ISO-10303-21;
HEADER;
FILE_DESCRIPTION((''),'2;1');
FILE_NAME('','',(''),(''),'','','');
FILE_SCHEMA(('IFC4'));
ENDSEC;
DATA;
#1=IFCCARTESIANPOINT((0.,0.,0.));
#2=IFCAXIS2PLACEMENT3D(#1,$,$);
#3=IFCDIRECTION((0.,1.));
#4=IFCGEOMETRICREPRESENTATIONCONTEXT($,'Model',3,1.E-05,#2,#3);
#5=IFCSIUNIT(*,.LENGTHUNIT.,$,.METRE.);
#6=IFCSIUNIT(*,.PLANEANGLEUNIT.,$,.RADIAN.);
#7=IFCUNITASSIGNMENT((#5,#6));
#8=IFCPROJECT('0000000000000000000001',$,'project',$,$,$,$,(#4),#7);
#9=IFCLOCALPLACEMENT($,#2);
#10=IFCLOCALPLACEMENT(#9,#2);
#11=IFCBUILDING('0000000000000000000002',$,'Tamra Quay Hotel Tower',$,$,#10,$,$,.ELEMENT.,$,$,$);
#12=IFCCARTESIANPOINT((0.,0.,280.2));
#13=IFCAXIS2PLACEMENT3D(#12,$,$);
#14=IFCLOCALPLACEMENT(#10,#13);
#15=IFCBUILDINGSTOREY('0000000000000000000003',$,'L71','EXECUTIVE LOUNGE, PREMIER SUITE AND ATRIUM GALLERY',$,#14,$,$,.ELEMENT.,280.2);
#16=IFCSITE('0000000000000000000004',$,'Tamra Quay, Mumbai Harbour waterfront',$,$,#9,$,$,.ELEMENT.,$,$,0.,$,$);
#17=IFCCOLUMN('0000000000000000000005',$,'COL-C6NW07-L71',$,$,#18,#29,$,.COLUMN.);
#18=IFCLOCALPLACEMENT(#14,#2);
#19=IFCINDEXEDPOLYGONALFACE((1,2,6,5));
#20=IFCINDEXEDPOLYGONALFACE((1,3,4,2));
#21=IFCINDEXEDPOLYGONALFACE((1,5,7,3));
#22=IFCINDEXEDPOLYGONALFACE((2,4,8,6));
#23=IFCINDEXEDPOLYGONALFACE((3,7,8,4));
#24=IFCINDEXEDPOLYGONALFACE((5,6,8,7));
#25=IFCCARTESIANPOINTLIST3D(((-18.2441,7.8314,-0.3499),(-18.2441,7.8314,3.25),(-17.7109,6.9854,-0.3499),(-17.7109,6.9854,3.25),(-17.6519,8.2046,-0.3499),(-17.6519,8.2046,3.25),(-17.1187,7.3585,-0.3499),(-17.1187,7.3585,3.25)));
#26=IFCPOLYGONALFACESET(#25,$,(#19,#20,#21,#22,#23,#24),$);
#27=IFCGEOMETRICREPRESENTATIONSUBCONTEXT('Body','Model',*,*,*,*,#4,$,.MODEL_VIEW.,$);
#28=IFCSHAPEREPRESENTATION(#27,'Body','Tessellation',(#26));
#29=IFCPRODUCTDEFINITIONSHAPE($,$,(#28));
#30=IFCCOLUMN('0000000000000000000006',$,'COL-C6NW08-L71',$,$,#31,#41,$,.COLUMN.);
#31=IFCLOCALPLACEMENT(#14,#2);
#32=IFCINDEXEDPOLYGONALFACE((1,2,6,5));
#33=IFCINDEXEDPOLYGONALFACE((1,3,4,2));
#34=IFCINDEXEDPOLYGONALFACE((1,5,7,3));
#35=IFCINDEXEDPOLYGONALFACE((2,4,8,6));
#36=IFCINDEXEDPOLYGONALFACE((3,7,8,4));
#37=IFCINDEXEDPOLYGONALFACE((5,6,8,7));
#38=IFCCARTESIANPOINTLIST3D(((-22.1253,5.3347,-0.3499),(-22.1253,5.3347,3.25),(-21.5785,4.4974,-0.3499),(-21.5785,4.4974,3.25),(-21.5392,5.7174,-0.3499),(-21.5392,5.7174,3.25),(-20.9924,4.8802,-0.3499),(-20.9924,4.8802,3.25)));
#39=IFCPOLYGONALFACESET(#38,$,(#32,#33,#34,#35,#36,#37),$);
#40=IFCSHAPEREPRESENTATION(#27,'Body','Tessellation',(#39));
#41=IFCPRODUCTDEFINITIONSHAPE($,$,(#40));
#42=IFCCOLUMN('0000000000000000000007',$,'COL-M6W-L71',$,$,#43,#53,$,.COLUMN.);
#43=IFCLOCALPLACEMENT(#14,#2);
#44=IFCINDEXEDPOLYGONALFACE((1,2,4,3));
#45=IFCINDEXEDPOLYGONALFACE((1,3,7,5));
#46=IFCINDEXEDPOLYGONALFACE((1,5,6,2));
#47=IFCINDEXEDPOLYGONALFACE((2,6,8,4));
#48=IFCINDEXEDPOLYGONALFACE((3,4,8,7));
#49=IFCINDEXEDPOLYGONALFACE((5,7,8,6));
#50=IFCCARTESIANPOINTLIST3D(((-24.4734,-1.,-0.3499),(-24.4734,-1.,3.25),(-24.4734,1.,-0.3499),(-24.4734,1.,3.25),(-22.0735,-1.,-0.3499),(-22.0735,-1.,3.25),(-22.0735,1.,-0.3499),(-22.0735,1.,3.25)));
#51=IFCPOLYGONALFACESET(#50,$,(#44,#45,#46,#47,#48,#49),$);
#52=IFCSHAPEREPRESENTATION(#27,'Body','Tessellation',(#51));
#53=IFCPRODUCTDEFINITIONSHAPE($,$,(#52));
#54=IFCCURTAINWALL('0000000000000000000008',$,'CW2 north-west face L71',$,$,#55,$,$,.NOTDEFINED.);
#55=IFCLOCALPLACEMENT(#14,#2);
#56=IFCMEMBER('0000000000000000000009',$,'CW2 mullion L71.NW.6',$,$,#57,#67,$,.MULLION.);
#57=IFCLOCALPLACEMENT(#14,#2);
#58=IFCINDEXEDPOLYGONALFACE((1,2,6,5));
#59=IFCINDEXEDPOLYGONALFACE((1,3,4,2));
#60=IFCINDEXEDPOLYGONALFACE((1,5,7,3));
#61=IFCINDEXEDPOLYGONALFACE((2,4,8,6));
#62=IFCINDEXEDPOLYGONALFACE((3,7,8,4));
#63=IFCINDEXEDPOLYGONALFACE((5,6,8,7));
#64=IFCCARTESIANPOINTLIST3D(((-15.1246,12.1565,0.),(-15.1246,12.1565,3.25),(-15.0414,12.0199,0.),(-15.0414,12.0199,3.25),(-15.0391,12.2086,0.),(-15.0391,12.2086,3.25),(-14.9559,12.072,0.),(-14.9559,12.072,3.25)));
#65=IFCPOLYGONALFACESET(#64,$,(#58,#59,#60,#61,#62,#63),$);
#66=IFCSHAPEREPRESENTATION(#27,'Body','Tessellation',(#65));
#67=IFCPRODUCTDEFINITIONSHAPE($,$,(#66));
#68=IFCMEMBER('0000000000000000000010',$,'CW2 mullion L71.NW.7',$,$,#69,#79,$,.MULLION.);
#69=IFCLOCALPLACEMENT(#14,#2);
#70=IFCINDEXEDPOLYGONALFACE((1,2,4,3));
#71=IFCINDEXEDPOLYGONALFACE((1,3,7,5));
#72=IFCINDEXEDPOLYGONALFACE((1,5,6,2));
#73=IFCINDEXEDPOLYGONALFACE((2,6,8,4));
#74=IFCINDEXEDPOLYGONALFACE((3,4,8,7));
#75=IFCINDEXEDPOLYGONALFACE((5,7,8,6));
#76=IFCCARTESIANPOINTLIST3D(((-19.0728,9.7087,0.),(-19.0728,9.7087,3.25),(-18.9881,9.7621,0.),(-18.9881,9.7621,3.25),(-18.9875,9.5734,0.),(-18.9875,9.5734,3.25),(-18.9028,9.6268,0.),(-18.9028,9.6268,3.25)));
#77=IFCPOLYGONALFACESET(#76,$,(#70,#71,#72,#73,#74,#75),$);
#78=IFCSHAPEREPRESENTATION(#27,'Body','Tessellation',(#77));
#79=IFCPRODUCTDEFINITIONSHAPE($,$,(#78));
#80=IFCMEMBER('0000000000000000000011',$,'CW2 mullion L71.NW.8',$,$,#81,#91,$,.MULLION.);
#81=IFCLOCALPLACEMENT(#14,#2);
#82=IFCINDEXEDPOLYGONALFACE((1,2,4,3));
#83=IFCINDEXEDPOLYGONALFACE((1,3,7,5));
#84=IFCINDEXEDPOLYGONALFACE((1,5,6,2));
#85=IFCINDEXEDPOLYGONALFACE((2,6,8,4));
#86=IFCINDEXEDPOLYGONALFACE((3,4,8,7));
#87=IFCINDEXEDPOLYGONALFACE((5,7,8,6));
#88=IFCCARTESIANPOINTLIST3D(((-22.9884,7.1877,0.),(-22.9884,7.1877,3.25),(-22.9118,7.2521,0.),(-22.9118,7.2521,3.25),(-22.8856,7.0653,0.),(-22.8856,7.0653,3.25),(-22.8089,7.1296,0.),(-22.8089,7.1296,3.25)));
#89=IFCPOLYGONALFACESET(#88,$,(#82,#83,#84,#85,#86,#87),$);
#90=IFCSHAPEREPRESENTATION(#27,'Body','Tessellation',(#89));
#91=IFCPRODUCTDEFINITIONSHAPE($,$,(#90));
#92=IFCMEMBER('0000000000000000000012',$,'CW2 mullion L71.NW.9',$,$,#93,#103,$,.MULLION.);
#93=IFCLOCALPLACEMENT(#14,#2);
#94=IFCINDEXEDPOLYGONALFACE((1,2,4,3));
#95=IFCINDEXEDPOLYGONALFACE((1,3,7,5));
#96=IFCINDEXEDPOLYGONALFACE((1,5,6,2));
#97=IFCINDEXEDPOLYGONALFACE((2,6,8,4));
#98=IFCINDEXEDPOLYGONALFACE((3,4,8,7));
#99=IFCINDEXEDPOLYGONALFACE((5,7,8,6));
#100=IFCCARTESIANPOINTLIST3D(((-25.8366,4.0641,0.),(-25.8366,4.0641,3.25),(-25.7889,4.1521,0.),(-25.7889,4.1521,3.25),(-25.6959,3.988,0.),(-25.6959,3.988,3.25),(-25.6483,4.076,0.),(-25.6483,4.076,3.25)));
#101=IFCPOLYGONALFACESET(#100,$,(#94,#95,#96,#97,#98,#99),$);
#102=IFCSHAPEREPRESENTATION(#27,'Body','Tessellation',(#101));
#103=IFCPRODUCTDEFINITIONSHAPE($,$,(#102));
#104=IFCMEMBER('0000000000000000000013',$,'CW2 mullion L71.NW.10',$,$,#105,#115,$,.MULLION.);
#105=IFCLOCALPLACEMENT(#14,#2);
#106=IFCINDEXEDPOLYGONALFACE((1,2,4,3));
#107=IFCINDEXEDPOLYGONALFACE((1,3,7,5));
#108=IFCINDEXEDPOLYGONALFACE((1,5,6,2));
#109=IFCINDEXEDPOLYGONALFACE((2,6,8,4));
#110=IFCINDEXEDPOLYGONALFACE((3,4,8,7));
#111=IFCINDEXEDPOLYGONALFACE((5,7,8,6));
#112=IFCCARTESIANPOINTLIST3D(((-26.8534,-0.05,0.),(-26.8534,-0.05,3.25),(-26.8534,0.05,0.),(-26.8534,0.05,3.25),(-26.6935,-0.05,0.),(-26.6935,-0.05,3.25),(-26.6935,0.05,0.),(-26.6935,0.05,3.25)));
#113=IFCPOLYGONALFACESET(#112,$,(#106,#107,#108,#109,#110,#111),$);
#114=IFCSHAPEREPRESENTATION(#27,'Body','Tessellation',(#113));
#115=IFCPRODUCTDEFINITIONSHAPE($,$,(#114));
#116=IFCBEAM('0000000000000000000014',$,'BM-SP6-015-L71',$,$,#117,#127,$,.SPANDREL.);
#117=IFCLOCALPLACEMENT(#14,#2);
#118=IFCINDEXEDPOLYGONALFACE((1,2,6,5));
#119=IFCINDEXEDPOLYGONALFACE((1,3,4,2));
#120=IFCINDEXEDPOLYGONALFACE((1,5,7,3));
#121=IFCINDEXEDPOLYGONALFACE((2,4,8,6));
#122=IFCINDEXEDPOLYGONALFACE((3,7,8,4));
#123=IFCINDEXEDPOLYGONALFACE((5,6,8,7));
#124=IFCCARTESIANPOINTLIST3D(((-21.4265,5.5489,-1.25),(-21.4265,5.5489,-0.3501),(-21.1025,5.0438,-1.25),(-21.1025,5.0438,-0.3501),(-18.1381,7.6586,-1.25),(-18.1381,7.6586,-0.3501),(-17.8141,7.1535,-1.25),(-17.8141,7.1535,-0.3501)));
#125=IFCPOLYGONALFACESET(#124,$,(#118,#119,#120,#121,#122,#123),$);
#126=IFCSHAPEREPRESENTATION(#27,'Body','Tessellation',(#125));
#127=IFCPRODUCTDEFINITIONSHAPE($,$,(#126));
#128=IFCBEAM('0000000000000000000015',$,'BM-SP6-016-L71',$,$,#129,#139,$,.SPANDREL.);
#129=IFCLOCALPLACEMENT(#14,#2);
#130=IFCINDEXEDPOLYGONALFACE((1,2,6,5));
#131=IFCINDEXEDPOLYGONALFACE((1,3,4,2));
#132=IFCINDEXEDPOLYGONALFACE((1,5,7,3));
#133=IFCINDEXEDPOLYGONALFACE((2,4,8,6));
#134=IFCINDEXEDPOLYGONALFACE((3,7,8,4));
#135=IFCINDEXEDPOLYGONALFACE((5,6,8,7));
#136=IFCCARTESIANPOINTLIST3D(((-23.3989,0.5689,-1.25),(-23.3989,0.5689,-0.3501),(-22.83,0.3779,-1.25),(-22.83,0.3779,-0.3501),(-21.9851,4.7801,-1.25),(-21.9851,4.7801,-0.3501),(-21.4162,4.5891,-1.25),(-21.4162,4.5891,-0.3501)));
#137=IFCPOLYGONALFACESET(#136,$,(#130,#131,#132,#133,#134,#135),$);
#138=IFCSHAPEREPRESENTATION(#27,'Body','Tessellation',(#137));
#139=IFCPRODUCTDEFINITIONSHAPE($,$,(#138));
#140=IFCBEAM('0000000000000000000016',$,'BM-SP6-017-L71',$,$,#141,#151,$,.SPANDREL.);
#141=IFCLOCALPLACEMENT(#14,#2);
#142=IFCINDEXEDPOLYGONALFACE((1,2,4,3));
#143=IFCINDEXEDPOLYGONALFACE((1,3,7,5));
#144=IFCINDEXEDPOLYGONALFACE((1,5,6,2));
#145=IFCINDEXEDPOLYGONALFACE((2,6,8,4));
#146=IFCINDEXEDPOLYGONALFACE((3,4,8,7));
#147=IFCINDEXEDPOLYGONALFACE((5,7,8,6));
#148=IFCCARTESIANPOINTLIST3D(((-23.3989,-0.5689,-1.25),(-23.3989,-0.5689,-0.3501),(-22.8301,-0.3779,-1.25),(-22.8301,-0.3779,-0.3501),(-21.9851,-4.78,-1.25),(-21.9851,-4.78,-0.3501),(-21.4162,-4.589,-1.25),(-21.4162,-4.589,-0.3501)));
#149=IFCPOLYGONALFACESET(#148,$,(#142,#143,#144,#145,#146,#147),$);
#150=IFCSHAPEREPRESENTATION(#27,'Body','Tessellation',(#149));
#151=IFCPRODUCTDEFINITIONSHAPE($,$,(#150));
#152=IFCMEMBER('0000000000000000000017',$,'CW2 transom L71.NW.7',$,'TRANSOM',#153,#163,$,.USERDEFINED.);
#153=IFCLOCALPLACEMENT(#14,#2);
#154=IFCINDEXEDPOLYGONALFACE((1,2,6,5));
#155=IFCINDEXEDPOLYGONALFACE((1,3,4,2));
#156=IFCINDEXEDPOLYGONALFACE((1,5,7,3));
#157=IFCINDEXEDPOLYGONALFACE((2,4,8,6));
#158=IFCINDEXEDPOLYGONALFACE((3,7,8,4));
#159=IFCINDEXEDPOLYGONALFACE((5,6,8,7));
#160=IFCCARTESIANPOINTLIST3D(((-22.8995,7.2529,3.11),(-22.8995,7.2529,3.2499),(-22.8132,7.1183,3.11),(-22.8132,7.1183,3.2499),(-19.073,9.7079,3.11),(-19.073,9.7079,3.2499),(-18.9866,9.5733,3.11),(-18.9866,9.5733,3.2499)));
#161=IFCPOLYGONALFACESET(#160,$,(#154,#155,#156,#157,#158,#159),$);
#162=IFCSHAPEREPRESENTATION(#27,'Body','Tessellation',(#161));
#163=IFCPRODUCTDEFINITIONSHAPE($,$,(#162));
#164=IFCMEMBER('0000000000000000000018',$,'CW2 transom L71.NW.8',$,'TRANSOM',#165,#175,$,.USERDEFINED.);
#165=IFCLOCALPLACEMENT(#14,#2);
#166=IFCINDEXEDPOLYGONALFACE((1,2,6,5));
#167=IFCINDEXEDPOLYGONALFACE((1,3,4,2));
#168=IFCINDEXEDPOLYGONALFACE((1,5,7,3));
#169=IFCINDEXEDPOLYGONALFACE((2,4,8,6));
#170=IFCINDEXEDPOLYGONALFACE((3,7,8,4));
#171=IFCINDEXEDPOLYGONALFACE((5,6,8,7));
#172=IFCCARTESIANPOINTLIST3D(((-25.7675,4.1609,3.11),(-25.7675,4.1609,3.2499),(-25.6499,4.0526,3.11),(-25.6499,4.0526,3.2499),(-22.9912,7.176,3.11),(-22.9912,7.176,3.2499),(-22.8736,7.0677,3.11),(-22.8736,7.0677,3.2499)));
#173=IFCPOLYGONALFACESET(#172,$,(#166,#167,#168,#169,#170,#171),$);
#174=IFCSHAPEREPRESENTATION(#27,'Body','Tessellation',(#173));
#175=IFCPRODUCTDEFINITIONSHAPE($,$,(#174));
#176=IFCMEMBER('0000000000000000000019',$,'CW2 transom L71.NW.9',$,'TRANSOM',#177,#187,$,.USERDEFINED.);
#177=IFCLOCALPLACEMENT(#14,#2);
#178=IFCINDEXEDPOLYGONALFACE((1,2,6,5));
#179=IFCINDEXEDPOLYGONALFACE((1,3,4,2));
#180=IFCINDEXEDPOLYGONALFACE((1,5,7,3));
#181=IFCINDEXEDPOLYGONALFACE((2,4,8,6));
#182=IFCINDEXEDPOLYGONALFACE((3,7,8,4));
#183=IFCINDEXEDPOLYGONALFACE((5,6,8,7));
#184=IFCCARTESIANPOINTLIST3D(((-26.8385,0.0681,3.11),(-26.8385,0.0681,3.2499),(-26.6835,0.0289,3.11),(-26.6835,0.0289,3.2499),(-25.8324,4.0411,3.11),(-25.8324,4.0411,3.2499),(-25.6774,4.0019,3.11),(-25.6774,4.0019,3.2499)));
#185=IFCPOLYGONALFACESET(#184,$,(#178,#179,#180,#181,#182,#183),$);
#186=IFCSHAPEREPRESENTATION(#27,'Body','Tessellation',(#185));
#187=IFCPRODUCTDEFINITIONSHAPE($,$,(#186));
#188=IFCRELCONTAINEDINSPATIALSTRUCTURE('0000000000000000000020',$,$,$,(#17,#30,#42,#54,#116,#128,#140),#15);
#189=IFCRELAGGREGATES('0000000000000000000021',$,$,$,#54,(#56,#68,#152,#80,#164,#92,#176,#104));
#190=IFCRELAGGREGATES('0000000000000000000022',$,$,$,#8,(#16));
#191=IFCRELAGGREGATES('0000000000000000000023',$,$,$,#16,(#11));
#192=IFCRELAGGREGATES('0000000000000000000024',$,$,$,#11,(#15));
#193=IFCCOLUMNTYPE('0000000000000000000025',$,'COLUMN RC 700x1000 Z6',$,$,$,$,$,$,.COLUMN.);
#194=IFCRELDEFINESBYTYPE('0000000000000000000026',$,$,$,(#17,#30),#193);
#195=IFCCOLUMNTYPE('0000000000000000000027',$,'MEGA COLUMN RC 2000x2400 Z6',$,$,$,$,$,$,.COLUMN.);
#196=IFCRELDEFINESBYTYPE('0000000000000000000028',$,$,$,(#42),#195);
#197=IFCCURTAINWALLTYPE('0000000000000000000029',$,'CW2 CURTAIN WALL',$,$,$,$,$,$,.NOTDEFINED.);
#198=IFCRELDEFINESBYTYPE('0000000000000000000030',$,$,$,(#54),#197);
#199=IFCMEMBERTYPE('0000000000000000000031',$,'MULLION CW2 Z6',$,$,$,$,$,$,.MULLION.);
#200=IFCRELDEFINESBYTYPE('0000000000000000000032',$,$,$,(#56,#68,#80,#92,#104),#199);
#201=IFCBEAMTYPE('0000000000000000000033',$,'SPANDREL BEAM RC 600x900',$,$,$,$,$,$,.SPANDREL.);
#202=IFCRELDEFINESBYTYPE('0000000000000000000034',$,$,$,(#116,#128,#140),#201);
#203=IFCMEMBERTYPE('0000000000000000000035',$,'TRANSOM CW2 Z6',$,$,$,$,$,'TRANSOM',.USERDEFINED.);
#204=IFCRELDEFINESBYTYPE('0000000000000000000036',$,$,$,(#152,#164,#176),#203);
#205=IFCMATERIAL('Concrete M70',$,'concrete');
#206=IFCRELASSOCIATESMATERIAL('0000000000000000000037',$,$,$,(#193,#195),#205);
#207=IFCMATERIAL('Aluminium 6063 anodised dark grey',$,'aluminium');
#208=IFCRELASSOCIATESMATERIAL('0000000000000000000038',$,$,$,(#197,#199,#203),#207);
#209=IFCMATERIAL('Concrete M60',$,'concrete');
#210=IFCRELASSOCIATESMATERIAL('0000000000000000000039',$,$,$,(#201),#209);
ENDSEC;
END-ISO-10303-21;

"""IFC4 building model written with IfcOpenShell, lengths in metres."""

from ifc_helpers import new_model, si_unit, direction, frame, origin, origin_2d, place, context, subcontext, project, spatial, rectangle, extrude, material, material_profile, profile_set, type_object, element, aggregate, save


model = new_model("IFC4")

# Units and contexts
model_context = context("Model", 3, precision=1e-05, world=origin(), true_north=direction((0.0, 1.0)))
body_context = subcontext(model_context, "Body", "Model", "MODEL_VIEW")
ifc_project = project(units=[si_unit("LENGTHUNIT", "METRE"), si_unit("PLANEANGLEUNIT", "RADIAN")], contexts=[model_context])

# Site, building, storey
site_placement = place(None, origin())
site = spatial("IfcSite", under=ifc_project, at=site_placement, Name="Tamra Quay, Mumbai Harbour waterfront", CompositionType="ELEMENT", RefElevation=0.0)
building_placement = place(site_placement, origin())
building = spatial("IfcBuilding", under=site, at=building_placement, Name="Tamra Quay Hotel Tower", CompositionType="ELEMENT")
storey_placement = place(building_placement, frame((0.0, 0.0, 280.2)))
storey = spatial("IfcBuildingStorey", under=building, at=storey_placement, Name="L71", Description="EXECUTIVE LOUNGE, PREMIER SUITE AND ATRIUM GALLERY", CompositionType="ELEMENT", Elevation=280.2)

# Columns
ifc_material_1 = material(Name="Concrete M70", Category="concrete")
ifc_material_profile_1 = material_profile(ifc_material_1, rectangle(XDim=1.0, YDim=0.7, at=origin_2d()), Name="COLUMN RC 700x1000 Z6")
ifc_profile_set_1 = profile_set([ifc_material_profile_1], Name="Concrete M70")
column_type_1 = type_object("IfcColumnType", Name="COLUMN RC 700x1000 Z6", PredefinedType="COLUMN", material=ifc_profile_set_1)
for number, where, z_axis, x_axis, name in (
    (1, (-17.6814, 7.595, -0.3499), (0.0, 0.0, 1.0), (-0.533133, 0.846031, 0.0), "COL-C6NW07-L71"),
    (2, (-21.5588, 5.1074, -0.3499), (0.0, 0.0, 1.0), (-0.546805, 0.83726, 0.0), "COL-C6NW08-L71"),
):
    element("IfcColumn", number, at=place(storey_placement, frame(where, z_axis=z_axis, x_axis=x_axis)), inside=storey, type_object=column_type_1, Name=name, PredefinedType="COLUMN", context=body_context, shape_type="SweptSolid", body=[
        extrude(rectangle(XDim=1.0, YDim=0.7, at=origin_2d()), origin(), (0.0, 0.0, 1.0), 3.5999),
    ])
ifc_material_profile_2 = material_profile(ifc_material_1, rectangle(XDim=2.3999, YDim=2.0, at=origin_2d()), Name="MEGA COLUMN RC 2000x2400 Z6")
ifc_profile_set_2 = profile_set([ifc_material_profile_2], Name="Concrete M70")
column_type_2 = type_object("IfcColumnType", Name="MEGA COLUMN RC 2000x2400 Z6", PredefinedType="COLUMN", material=ifc_profile_set_2)
column_placement = place(storey_placement, frame((-23.2734, 0.0, -0.3499), z_axis=(0.0, 0.0, 1.0), x_axis=(1.0, 0.0, 0.0)))
element("IfcColumn", 3, at=column_placement, inside=storey, type_object=column_type_2, Name="COL-M6W-L71", PredefinedType="COLUMN", context=body_context, shape_type="SweptSolid", body=[
    extrude(rectangle(XDim=2.3999, YDim=2.0, at=origin_2d()), origin(), (0.0, 0.0, 1.0), 3.5999),
])

# Curtain wall, members
ifc_material_2 = material(Name="Aluminium 6063 anodised dark grey", Category="aluminium")
curtain_wall_type = type_object("IfcCurtainWallType", Name="CW2 CURTAIN WALL", PredefinedType="NOTDEFINED", material=ifc_material_2)
curtain_wall_placement = place(storey_placement, origin())
curtain_wall = element("IfcCurtainWall", 4, at=curtain_wall_placement, inside=storey, type_object=curtain_wall_type, Name="CW2 north-west face L71", PredefinedType="NOTDEFINED")
ifc_material_profile_3 = material_profile(ifc_material_2, rectangle(XDim=0.1599, YDim=0.1001, at=origin_2d()), Name="MULLION 100X160")
ifc_profile_set_3 = profile_set([ifc_material_profile_3], Name="Aluminium 6063 anodised dark grey")
member_type_1 = type_object("IfcMemberType", Name="MULLION CW2 Z6", PredefinedType="MULLION", material=ifc_profile_set_3)
member_1_placement = place(storey_placement, frame((-15.0403, 12.1143, 0.0), z_axis=(0.0, 0.0, 1.0), x_axis=(-0.520161, 0.854068, 0.0)))
member_1 = element("IfcMember", 5, at=member_1_placement, type_object=member_type_1, Name="CW2 mullion L71.NW.6", PredefinedType="MULLION", context=body_context, shape_type="SweptSolid", body=[
    extrude(rectangle(XDim=0.1599, YDim=0.1001, at=origin_2d()), origin(), (0.0, 0.0, 1.0), 3.25),
])
member_2_placement = place(storey_placement, frame((-18.9878, 9.6677, 0.0), z_axis=(0.0, 0.0, 1.0), x_axis=(-0.533422, 0.845849, 0.0)))
member_2 = element("IfcMember", 6, at=member_2_placement, type_object=member_type_1, Name="CW2 mullion L71.NW.7", PredefinedType="MULLION", context=body_context, shape_type="SweptSolid", body=[
    extrude(rectangle(XDim=0.1599, YDim=0.1001, at=origin_2d()), origin(), (0.0, 0.0, 1.0), 3.25),
])
member_3_placement = place(storey_placement, frame((-22.8987, 7.1587, 0.0), z_axis=(0.0, 0.0, 1.0), x_axis=(-0.643086, 0.765794, 0.0)))
member_3 = element("IfcMember", 7, at=member_3_placement, type_object=member_type_1, Name="CW2 mullion L71.NW.8", PredefinedType="MULLION", context=body_context, shape_type="SweptSolid", body=[
    extrude(rectangle(XDim=0.1599, YDim=0.1001, at=origin_2d()), origin(), (0.0, 0.0, 1.0), 3.25),
])
member_4_placement = place(storey_placement, frame((-25.7424, 4.0701, 0.0), z_axis=(0.0, 0.0, 1.0), x_axis=(-0.879433, 0.476023, 0.0)))
member_4 = element("IfcMember", 8, at=member_4_placement, type_object=member_type_1, Name="CW2 mullion L71.NW.9", PredefinedType="MULLION", context=body_context, shape_type="SweptSolid", body=[
    extrude(rectangle(XDim=0.1599, YDim=0.1001, at=origin_2d()), origin(), (0.0, 0.0, 1.0), 3.25),
])
member_5_placement = place(storey_placement, frame((-26.7734, 0.0, 0.0), z_axis=(0.0, 0.0, 1.0), x_axis=(-1.0, 0.0, 0.0)))
member_5 = element("IfcMember", 9, at=member_5_placement, type_object=member_type_1, Name="CW2 mullion L71.NW.10", PredefinedType="MULLION", context=body_context, shape_type="SweptSolid", body=[
    extrude(rectangle(XDim=0.1599, YDim=0.1001, at=origin_2d()), origin(), (0.0, 0.0, 1.0), 3.25),
])

# Beams
ifc_material_3 = material(Name="Concrete M60", Category="concrete")
ifc_material_profile_4 = material_profile(ifc_material_3, rectangle(XDim=0.6001, YDim=0.8999, at=origin_2d()), Name="SPANDREL BEAM RC 600x900")
ifc_profile_set_4 = profile_set([ifc_material_profile_4], Name="Concrete M60")
beam_type = type_object("IfcBeamType", Name="SPANDREL BEAM RC 600x900", PredefinedType="SPANDREL", material=ifc_profile_set_4)
beam_placement = place(storey_placement, frame((-17.9761, 7.406, -0.8), z_axis=(-0.84168, -0.539977, 0.0), x_axis=(0.539977, -0.84168, 0.0)))
element("IfcBeam", 10, at=beam_placement, inside=storey, type_object=beam_type, Name="BM-SP6-015-L71", PredefinedType="SPANDREL", context=body_context, shape_type="SweptSolid", body=[
    extrude(rectangle(XDim=0.6001, YDim=0.8999, at=origin_2d()), origin(), (0.0, 0.0, 1.0), 3.907),
])
for number, where, z_axis, x_axis, name in (
    (11, (-21.7007, 4.6846, -0.8), (-0.318272, -0.948, 0.0), (0.948, -0.318272, 0.0), "BM-SP6-016-L71"),
    (12, (-23.1145, -0.4734, -0.8), (0.318272, -0.948, 0.0), (0.948, 0.318272, 0.0), "BM-SP6-017-L71"),
):
    element("IfcBeam", number, at=place(storey_placement, frame(where, z_axis=z_axis, x_axis=x_axis)), inside=storey, type_object=beam_type, Name=name, PredefinedType="SPANDREL", context=body_context, shape_type="SweptSolid", body=[
        extrude(rectangle(XDim=0.6001, YDim=0.8999, at=origin_2d()), origin(), (0.0, 0.0, 1.0), 4.4421),
    ])

# Members
ifc_material_profile_5 = material_profile(ifc_material_2, rectangle(XDim=0.1599, YDim=0.1399, at=origin_2d()), Name="TRANSOM 160X140")
ifc_profile_set_5 = profile_set([ifc_material_profile_5], Name="Aluminium 6063 anodised dark grey")
member_type_2 = type_object("IfcMemberType", Name="TRANSOM CW2 Z6", ElementType="TRANSOM", PredefinedType="USERDEFINED", material=ifc_profile_set_5)
member_6_placement = place(storey_placement, frame((-19.0298, 9.6406, 3.1799), z_axis=(-0.84167, -0.539992, 0.0), x_axis=(0.539992, -0.84167, 0.0)))
member_6 = element("IfcMember", 13, at=member_6_placement, type_object=member_type_2, Name="CW2 transom L71.NW.7", ObjectType="TRANSOM", PredefinedType="USERDEFINED", context=body_context, shape_type="SweptSolid", body=[
    extrude(rectangle(XDim=0.1599, YDim=0.1399, at=origin_2d()), origin(), (0.0, 0.0, 1.0), 4.5464),
])
member_7_placement = place(storey_placement, frame((-22.9324, 7.1218, 3.1799), z_axis=(-0.677379, -0.735634, 0.0), x_axis=(0.735634, -0.677379, 0.0)))
member_7 = element("IfcMember", 14, at=member_7_placement, type_object=member_type_2, Name="CW2 transom L71.NW.8", ObjectType="TRANSOM", PredefinedType="USERDEFINED", context=body_context, shape_type="SweptSolid", body=[
    extrude(rectangle(XDim=0.1599, YDim=0.1399, at=origin_2d()), origin(), (0.0, 0.0, 1.0), 4.0986),
])
member_8_placement = place(storey_placement, frame((-25.7549, 4.0215, 3.1799), z_axis=(-0.245492, -0.969399, 0.0), x_axis=(0.969399, -0.245492, 0.0)))
member_8 = element("IfcMember", 15, at=member_8_placement, type_object=member_type_2, Name="CW2 transom L71.NW.9", ObjectType="TRANSOM", PredefinedType="USERDEFINED", context=body_context, shape_type="SweptSolid", body=[
    extrude(rectangle(XDim=0.1599, YDim=0.1399, at=origin_2d()), origin(), (0.0, 0.0, 1.0), 4.0984),
])

aggregate(curtain_wall, [member_1, member_2, member_6, member_3, member_7, member_4, member_8, member_5])

save(model, "model.ifc")
